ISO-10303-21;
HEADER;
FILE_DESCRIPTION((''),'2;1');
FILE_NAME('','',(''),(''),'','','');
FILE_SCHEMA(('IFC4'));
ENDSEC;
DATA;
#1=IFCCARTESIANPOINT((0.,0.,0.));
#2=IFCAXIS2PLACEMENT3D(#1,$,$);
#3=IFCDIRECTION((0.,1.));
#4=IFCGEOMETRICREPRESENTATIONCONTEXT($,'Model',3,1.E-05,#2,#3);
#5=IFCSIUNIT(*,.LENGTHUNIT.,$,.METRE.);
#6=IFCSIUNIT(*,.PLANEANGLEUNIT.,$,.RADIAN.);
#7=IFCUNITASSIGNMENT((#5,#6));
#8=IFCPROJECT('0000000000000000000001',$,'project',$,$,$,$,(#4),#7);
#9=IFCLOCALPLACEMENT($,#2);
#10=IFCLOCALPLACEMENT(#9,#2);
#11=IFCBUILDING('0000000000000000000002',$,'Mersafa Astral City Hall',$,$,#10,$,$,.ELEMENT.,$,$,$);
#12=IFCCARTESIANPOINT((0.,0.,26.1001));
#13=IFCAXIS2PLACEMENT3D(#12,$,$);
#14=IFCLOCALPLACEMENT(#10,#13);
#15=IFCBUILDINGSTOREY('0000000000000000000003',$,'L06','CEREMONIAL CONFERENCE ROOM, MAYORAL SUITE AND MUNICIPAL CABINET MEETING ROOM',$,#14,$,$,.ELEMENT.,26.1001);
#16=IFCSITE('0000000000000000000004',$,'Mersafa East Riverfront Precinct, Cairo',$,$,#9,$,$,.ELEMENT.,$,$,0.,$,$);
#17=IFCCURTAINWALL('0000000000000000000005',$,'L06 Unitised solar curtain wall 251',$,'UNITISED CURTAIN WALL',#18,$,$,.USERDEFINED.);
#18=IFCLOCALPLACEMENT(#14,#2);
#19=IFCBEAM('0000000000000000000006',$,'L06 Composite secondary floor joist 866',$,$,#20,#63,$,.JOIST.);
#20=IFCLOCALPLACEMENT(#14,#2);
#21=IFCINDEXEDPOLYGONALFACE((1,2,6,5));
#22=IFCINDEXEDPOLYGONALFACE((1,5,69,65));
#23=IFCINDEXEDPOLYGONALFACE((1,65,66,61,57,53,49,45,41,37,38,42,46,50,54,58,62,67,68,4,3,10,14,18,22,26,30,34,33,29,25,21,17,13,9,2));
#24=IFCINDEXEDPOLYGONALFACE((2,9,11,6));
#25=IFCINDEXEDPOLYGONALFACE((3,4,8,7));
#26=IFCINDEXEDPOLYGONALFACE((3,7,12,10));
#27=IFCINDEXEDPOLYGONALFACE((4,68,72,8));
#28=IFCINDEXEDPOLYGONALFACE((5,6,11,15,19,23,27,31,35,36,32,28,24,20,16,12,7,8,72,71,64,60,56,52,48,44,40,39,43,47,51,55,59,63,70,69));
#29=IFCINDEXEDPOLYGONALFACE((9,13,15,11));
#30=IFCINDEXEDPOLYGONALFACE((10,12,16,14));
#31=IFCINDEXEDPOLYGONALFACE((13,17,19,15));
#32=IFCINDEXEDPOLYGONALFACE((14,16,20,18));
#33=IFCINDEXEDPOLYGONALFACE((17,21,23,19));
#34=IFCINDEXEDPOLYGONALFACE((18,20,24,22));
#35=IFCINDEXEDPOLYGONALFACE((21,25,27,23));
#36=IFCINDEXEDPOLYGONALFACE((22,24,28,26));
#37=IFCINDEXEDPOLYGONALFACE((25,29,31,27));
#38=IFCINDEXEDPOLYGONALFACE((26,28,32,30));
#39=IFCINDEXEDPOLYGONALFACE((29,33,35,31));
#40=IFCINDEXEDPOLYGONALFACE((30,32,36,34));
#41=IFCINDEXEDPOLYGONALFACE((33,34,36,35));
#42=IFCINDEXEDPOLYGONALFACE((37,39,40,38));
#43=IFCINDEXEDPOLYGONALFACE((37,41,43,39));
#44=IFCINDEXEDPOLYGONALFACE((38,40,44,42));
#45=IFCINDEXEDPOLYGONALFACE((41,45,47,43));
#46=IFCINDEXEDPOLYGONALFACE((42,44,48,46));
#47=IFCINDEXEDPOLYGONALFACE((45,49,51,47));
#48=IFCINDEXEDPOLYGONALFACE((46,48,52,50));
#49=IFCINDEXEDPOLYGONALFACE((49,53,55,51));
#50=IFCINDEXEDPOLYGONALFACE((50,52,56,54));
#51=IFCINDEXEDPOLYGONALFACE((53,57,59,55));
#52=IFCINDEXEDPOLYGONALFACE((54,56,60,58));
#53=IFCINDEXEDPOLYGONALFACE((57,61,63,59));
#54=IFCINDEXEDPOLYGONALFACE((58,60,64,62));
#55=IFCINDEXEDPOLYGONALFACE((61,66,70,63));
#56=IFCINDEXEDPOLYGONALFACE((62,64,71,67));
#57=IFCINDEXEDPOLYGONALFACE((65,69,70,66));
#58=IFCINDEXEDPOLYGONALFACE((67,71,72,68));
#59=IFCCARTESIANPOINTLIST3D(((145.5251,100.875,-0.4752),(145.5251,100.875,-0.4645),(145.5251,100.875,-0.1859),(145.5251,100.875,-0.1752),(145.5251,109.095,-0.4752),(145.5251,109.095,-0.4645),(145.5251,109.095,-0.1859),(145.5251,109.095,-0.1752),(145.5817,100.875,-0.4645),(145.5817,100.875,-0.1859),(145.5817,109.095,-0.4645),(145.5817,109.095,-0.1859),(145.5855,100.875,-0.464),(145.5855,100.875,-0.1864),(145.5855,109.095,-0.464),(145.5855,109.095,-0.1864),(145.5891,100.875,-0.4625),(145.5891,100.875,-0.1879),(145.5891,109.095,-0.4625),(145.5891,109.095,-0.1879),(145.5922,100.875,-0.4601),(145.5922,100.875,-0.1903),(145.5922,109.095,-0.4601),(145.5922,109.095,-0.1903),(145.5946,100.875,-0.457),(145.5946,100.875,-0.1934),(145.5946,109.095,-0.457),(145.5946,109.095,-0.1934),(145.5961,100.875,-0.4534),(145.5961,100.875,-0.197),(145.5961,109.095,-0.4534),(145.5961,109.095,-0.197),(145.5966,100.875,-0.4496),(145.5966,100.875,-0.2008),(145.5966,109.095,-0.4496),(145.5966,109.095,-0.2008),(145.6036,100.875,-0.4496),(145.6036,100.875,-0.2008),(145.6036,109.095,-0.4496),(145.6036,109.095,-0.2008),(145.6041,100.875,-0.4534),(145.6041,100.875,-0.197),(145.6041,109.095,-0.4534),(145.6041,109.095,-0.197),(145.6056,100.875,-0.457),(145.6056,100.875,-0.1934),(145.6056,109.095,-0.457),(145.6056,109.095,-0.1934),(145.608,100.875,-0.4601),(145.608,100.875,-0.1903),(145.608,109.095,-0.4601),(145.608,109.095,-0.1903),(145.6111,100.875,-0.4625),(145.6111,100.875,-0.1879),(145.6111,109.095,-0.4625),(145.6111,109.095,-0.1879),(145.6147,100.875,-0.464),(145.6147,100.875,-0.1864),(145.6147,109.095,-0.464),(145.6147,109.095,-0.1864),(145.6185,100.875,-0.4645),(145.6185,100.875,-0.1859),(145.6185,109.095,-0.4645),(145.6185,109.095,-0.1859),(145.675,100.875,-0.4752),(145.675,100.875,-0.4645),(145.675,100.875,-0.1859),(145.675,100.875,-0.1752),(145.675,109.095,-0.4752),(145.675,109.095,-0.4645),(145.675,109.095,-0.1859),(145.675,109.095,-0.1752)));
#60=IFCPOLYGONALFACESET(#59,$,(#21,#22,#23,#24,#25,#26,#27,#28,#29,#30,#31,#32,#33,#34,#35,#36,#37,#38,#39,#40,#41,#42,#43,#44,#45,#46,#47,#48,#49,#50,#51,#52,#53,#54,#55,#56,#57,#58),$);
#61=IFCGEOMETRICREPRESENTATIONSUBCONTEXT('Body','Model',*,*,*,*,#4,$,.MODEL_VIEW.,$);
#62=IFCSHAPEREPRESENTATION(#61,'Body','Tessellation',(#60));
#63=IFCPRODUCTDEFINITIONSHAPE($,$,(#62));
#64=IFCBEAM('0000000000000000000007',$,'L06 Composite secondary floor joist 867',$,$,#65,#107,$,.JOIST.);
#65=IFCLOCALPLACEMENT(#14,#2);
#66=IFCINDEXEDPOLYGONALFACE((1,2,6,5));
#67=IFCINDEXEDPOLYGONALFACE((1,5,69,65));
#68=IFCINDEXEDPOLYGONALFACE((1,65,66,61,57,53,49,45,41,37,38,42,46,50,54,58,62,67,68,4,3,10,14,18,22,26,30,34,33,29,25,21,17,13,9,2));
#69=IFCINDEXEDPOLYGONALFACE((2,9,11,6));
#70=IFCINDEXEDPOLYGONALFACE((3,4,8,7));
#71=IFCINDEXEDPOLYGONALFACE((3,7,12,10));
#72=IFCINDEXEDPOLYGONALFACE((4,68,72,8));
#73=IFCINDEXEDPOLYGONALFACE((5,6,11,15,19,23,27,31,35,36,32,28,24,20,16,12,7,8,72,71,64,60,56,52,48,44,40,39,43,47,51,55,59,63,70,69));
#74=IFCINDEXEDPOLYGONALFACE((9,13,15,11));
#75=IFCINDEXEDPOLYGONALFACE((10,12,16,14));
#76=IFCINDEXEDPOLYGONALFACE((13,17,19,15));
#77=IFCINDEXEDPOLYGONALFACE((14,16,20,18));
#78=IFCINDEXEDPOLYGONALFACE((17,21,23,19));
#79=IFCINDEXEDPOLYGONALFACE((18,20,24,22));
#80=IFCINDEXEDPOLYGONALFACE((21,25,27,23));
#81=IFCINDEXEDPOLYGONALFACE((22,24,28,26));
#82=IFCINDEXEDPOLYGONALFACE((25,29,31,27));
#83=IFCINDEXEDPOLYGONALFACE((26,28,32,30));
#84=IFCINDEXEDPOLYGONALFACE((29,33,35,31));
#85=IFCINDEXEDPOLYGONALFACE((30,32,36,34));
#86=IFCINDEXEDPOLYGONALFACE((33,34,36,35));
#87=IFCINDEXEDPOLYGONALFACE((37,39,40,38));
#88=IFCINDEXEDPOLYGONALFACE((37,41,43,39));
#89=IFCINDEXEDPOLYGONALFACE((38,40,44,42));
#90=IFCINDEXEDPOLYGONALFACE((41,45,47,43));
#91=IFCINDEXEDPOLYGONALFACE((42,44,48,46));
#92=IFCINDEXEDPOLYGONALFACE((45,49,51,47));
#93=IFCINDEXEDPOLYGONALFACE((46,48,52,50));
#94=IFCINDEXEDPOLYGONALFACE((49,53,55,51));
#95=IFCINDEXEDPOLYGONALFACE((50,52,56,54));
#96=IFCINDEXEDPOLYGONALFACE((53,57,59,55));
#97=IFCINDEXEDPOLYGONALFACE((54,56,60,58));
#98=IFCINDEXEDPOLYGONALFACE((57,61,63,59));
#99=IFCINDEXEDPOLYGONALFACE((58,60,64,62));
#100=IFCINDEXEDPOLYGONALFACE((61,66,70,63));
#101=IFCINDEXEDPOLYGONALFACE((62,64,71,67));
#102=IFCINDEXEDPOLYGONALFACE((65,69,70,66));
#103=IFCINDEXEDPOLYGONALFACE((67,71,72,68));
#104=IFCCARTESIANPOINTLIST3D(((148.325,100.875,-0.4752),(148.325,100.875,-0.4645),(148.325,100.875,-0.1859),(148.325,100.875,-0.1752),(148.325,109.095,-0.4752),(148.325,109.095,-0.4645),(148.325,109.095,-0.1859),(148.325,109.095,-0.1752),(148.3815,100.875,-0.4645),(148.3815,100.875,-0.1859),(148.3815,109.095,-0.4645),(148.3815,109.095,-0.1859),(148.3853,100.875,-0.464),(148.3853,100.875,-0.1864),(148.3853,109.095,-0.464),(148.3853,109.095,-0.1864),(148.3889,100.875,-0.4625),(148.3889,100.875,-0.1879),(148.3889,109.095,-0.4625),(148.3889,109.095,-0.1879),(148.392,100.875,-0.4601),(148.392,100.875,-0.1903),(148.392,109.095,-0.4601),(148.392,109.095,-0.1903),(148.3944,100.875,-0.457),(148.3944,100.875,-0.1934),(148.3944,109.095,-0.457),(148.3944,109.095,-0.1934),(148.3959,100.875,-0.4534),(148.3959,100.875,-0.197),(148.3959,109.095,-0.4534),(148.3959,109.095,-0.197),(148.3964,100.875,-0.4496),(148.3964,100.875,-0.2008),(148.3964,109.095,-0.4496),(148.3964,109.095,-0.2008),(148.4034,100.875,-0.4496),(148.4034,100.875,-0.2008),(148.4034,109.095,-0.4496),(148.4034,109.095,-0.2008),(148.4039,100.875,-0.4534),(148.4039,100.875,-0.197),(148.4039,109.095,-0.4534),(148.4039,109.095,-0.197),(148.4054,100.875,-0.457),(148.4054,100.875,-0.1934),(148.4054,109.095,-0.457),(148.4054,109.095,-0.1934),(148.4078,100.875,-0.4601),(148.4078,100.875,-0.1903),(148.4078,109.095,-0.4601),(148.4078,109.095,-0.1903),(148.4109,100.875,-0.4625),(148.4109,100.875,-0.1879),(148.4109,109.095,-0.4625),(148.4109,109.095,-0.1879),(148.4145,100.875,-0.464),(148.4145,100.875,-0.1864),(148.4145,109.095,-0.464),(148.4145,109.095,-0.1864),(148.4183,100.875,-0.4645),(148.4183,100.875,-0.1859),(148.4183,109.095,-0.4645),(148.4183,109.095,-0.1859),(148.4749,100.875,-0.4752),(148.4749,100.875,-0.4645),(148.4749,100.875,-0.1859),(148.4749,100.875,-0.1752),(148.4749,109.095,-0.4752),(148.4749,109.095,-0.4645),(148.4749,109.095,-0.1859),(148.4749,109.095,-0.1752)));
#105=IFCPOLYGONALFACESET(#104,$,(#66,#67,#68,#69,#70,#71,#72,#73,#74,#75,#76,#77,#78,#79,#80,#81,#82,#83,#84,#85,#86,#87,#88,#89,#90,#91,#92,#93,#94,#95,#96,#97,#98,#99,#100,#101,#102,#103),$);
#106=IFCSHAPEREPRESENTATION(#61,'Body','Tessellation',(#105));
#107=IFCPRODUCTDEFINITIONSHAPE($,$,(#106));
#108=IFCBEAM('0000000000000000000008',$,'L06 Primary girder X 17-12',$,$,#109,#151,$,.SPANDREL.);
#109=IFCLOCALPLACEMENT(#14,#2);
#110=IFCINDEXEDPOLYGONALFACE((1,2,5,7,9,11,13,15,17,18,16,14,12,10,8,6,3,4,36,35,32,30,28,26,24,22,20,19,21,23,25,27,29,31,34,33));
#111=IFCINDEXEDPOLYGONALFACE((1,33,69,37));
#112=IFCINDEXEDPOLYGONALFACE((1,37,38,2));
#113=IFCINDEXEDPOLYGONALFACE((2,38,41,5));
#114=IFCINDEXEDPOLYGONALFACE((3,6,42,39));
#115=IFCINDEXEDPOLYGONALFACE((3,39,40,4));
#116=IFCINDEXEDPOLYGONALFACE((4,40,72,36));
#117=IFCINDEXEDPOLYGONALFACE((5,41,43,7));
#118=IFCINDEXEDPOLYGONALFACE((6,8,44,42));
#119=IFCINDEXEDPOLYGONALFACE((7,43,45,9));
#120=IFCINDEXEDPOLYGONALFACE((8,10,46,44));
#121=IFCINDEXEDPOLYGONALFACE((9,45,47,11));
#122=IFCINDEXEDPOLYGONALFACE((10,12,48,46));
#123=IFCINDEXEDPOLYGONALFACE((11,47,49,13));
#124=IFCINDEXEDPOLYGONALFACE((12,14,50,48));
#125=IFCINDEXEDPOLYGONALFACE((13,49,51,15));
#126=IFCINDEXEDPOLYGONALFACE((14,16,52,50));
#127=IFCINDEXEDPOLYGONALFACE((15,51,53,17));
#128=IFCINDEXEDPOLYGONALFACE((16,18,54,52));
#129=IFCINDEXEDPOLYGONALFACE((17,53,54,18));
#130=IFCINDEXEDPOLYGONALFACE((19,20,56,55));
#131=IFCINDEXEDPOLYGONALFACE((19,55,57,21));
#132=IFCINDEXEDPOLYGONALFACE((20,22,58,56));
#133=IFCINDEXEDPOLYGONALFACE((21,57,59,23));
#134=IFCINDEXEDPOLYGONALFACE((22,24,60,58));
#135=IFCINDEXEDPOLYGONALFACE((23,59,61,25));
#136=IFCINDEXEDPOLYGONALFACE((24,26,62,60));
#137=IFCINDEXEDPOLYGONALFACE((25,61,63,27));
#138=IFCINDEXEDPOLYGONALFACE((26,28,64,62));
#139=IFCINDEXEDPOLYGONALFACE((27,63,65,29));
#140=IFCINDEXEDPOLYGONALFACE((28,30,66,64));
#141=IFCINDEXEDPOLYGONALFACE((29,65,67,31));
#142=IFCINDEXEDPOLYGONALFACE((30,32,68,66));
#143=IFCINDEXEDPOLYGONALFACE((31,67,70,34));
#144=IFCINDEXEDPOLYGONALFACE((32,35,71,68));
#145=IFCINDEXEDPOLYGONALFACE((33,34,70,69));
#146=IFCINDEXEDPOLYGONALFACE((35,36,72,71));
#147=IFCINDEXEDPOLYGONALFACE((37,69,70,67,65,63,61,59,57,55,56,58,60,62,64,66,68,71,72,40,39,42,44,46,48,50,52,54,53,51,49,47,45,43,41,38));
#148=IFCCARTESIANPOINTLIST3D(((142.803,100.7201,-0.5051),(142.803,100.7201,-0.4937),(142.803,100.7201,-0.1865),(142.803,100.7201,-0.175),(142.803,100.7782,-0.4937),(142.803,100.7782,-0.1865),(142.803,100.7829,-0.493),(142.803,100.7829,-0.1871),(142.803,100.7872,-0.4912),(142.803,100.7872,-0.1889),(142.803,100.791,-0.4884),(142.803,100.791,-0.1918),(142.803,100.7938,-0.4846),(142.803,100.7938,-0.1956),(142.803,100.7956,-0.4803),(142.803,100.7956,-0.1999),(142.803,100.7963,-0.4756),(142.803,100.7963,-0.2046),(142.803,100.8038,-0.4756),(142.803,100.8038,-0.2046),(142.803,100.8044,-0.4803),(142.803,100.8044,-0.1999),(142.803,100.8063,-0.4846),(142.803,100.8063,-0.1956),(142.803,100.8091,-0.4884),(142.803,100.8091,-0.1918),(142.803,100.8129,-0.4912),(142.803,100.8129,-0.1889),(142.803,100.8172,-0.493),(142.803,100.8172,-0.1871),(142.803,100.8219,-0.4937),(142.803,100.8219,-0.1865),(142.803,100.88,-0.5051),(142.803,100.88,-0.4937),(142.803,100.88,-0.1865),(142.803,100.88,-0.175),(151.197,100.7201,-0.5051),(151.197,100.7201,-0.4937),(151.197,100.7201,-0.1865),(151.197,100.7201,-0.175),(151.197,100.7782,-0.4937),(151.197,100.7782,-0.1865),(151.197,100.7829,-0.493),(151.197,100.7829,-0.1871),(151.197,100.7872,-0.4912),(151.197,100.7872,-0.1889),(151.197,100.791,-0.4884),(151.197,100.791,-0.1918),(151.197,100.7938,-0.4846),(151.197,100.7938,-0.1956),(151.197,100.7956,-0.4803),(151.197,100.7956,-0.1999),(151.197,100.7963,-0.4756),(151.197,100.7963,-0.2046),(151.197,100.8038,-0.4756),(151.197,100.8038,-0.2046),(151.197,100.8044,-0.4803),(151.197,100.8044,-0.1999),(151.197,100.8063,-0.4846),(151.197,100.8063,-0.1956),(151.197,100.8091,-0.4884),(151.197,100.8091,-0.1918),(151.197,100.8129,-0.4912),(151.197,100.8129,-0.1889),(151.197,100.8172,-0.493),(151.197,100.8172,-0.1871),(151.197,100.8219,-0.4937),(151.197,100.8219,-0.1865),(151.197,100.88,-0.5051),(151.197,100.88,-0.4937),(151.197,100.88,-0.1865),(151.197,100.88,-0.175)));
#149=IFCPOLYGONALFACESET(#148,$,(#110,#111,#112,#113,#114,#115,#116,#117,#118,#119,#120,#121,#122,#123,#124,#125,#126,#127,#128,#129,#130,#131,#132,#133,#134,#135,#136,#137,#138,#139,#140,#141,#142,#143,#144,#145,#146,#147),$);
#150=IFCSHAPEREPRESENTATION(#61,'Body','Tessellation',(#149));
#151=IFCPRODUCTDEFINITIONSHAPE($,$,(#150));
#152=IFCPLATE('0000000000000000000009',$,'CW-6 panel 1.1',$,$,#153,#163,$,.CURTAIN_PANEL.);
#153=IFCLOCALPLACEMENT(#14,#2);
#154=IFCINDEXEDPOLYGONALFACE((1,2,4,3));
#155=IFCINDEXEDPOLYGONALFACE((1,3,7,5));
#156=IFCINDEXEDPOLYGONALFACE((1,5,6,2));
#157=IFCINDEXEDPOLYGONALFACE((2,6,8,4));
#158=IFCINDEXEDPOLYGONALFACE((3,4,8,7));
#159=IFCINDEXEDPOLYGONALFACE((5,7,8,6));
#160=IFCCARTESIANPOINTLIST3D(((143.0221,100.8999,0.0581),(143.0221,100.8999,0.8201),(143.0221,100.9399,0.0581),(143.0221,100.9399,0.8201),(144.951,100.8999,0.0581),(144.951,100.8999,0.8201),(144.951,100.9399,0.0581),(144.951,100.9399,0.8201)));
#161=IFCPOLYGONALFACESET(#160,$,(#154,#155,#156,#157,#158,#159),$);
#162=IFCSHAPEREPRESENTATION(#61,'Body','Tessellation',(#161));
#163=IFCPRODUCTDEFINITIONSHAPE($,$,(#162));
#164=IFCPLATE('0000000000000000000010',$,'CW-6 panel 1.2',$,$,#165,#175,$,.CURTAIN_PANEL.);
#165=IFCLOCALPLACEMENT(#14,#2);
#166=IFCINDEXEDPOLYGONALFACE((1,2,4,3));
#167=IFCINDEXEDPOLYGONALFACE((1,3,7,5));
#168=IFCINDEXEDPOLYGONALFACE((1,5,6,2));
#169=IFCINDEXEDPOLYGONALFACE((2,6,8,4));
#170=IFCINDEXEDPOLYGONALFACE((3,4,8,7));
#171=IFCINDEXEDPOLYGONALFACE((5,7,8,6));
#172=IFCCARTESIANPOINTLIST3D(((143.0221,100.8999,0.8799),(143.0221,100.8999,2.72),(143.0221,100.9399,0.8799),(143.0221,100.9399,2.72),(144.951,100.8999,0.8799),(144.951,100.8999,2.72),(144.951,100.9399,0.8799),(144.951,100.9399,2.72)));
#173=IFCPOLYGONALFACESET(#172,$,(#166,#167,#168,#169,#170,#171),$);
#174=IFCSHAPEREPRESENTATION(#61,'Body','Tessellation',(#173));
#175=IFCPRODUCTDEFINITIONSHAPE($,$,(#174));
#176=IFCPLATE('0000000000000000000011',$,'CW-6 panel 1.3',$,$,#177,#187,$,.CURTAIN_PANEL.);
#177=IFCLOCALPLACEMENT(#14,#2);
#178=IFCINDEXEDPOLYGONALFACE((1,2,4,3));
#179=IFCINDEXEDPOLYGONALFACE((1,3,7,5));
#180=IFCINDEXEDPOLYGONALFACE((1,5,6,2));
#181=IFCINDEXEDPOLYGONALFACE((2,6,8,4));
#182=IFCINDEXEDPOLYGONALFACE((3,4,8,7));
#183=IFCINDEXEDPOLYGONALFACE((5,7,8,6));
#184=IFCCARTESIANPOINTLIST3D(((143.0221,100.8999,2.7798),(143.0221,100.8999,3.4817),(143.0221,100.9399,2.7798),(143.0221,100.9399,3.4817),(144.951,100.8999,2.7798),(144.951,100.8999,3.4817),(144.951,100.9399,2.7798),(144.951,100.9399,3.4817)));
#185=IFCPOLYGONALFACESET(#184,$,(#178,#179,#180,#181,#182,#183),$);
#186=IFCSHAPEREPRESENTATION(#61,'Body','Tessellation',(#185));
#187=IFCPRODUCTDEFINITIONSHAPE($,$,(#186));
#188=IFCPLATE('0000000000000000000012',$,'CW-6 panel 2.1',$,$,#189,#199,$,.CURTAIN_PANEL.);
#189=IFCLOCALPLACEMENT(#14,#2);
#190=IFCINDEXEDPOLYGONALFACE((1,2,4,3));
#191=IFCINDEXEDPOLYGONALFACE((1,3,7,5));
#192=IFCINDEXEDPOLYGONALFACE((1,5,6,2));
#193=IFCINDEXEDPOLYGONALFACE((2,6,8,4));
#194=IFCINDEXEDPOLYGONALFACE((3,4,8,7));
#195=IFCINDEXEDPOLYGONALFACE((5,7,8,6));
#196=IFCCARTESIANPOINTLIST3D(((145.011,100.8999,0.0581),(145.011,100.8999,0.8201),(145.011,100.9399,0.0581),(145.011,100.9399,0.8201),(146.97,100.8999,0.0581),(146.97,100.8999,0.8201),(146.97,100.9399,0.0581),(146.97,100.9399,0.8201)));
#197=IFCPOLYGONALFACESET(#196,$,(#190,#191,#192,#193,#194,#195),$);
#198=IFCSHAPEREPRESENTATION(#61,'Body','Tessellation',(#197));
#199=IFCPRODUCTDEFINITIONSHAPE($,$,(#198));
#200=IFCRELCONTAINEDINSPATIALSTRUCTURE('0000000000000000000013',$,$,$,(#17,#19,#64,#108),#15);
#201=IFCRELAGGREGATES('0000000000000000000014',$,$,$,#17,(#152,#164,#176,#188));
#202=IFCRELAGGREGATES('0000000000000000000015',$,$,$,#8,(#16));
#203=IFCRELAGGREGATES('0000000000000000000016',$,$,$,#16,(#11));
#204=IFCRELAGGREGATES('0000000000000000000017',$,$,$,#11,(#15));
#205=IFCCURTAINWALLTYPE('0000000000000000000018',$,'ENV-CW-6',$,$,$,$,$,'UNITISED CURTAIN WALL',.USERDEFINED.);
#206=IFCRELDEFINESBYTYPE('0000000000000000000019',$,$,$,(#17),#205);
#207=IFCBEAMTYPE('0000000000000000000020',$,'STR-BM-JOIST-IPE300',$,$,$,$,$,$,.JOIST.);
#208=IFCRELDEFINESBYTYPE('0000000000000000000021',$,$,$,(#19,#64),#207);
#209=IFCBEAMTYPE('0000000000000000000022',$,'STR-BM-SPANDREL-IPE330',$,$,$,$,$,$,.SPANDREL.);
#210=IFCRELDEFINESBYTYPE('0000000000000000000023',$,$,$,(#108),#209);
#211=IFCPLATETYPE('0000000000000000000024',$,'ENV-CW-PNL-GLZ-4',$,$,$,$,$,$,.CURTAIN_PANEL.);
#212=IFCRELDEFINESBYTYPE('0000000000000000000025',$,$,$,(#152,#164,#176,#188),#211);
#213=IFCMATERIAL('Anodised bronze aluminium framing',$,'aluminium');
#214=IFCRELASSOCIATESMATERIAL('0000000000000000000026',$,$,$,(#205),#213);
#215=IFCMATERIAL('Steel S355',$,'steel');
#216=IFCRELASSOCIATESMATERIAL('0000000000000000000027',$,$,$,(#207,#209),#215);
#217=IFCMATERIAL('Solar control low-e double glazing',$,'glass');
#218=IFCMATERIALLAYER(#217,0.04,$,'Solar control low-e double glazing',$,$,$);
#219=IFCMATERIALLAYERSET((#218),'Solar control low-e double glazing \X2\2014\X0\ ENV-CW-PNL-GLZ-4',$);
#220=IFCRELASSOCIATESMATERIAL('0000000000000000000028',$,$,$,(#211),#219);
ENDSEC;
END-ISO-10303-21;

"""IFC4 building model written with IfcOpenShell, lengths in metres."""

from ifc_helpers import new_model, si_unit, direction, frame, origin, origin_2d, place, context, subcontext, project, spatial, rectangle, i_section, extrude, material, layer, layer_set, material_profile, profile_set, type_object, element, aggregate, save


model = new_model("IFC4")

# Units and contexts
model_context = context("Model", 3, precision=1e-05, world=origin(), true_north=direction((0.0, 1.0)))
body_context = subcontext(model_context, "Body", "Model", "MODEL_VIEW")
ifc_project = project(units=[si_unit("LENGTHUNIT", "METRE"), si_unit("PLANEANGLEUNIT", "RADIAN")], contexts=[model_context])

# Site, building, storey
site_placement = place(None, origin())
site = spatial("IfcSite", under=ifc_project, at=site_placement, Name="Mersafa East Riverfront Precinct, Cairo", CompositionType="ELEMENT", RefElevation=0.0)
building_placement = place(site_placement, origin())
building = spatial("IfcBuilding", under=site, at=building_placement, Name="Mersafa Astral City Hall", CompositionType="ELEMENT")
storey_placement = place(building_placement, frame((0.0, 0.0, 26.1001)))
storey = spatial("IfcBuildingStorey", under=building, at=storey_placement, Name="L06", Description="CEREMONIAL CONFERENCE ROOM, MAYORAL SUITE AND MUNICIPAL CABINET MEETING ROOM", CompositionType="ELEMENT", Elevation=26.1001)

# Shared definitions
ifc_material_1 = material(Name="Steel S355", Category="steel")

# Curtain wall
ifc_material_2 = material(Name="Anodised bronze aluminium framing", Category="aluminium")
curtain_wall_type = type_object("IfcCurtainWallType", Name="ENV-CW-6", ElementType="UNITISED CURTAIN WALL", PredefinedType="USERDEFINED", material=ifc_material_2)
curtain_wall_placement = place(storey_placement, origin())
curtain_wall = element("IfcCurtainWall", 1, at=curtain_wall_placement, inside=storey, type_object=curtain_wall_type, Name="L06 Unitised solar curtain wall 251", ObjectType="UNITISED CURTAIN WALL", PredefinedType="USERDEFINED")

# Beams
ifc_material_profile_1 = material_profile(ifc_material_1, i_section(OverallWidth=0.1499, OverallDepth=0.3, WebThickness=0.0071, FlangeThickness=0.0107, FilletRadius=0.0149, at=origin_2d()), Name="IPE 300")
ifc_profile_set_1 = profile_set([ifc_material_profile_1], Name="Steel S355")
beam_type_1 = type_object("IfcBeamType", Name="STR-BM-JOIST-IPE300", PredefinedType="JOIST", material=ifc_profile_set_1)
for number, where, z_axis, x_axis, name in (
    (2, (145.6001, 100.875, -0.3252), (0.0, 1.0, 0.0), (-1.0, 0.0, 0.0), "L06 Composite secondary floor joist 866"),
    (3, (148.3999, 100.875, -0.3252), (0.0, 1.0, 0.0), (-1.0, 0.0, 0.0), "L06 Composite secondary floor joist 867"),
):
    element("IfcBeam", number, at=place(storey_placement, frame(where, z_axis=z_axis, x_axis=x_axis)), inside=storey, type_object=beam_type_1, Name=name, PredefinedType="JOIST", context=body_context, shape_type="SweptSolid", body=[
        extrude(i_section(OverallWidth=0.1499, OverallDepth=0.3, WebThickness=0.0071, FlangeThickness=0.0107, FilletRadius=0.0149, at=origin_2d()), origin(), (0.0, 0.0, 1.0), 8.22),
    ])
ifc_material_profile_2 = material_profile(ifc_material_1, i_section(OverallWidth=0.1599, OverallDepth=0.3301, WebThickness=0.0076, FlangeThickness=0.0115, FilletRadius=0.0181, at=origin_2d()), Name="IPE 330")
ifc_profile_set_2 = profile_set([ifc_material_profile_2], Name="Steel S355")
beam_type_2 = type_object("IfcBeamType", Name="STR-BM-SPANDREL-IPE330", PredefinedType="SPANDREL", material=ifc_profile_set_2)
beam_placement = place(storey_placement, frame((142.803, 100.8, -0.3401), z_axis=(1.0, 0.0, 0.0), x_axis=(0.0, 1.0, 0.0)))
element("IfcBeam", 4, at=beam_placement, inside=storey, type_object=beam_type_2, Name="L06 Primary girder X 17-12", PredefinedType="SPANDREL", context=body_context, shape_type="SweptSolid", body=[
    extrude(i_section(OverallWidth=0.1599, OverallDepth=0.3301, WebThickness=0.0076, FlangeThickness=0.0115, FilletRadius=0.0181, at=origin_2d()), origin(), (0.0, 0.0, 1.0), 8.394),
])

# Plates
ifc_material_3 = material(Name="Solar control low-e double glazing", Category="glass")
ifc_layer = layer(ifc_material_3, 0.04, Name="Solar control low-e double glazing")
ifc_layer_set = layer_set([ifc_layer], Name="Solar control low-e double glazing — ENV-CW-PNL-GLZ-4")
plate_type = type_object("IfcPlateType", Name="ENV-CW-PNL-GLZ-4", PredefinedType="CURTAIN_PANEL", material=ifc_layer_set)
plate_1_placement = place(storey_placement, frame((143.9866, 100.9199, 0.0581), z_axis=(0.0, 0.0, 1.0), x_axis=(1.0, 0.0, 0.0)))
plate_1 = element("IfcPlate", 5, at=plate_1_placement, type_object=plate_type, Name="CW-6 panel 1.1", PredefinedType="CURTAIN_PANEL", context=body_context, shape_type="SweptSolid", body=[
    extrude(rectangle(XDim=1.929, YDim=0.04, at=origin_2d()), origin(), (0.0, 0.0, 1.0), 0.762),
])
plate_2_placement = place(storey_placement, frame((143.9866, 100.9199, 0.8799), z_axis=(0.0, 0.0, 1.0), x_axis=(1.0, 0.0, 0.0)))
plate_2 = element("IfcPlate", 6, at=plate_2_placement, type_object=plate_type, Name="CW-6 panel 1.2", PredefinedType="CURTAIN_PANEL", context=body_context, shape_type="SweptSolid", body=[
    extrude(rectangle(XDim=1.929, YDim=0.04, at=origin_2d()), origin(), (0.0, 0.0, 1.0), 1.8401),
])
plate_3_placement = place(storey_placement, frame((143.9866, 100.9199, 2.7798), z_axis=(0.0, 0.0, 1.0), x_axis=(1.0, 0.0, 0.0)))
plate_3 = element("IfcPlate", 7, at=plate_3_placement, type_object=plate_type, Name="CW-6 panel 1.3", PredefinedType="CURTAIN_PANEL", context=body_context, shape_type="SweptSolid", body=[
    extrude(rectangle(XDim=1.929, YDim=0.04, at=origin_2d()), origin(), (0.0, 0.0, 1.0), 0.7019),
])
plate_4_placement = place(storey_placement, frame((145.9905, 100.9199, 0.0581), z_axis=(0.0, 0.0, 1.0), x_axis=(1.0, 0.0, 0.0)))
plate_4 = element("IfcPlate", 8, at=plate_4_placement, type_object=plate_type, Name="CW-6 panel 2.1", PredefinedType="CURTAIN_PANEL", context=body_context, shape_type="SweptSolid", body=[
    extrude(rectangle(XDim=1.959, YDim=0.04, at=origin_2d()), origin(), (0.0, 0.0, 1.0), 0.762),
])
aggregate(curtain_wall, [plate_1, plate_2, plate_3, plate_4])

save(model, "model.ifc")
